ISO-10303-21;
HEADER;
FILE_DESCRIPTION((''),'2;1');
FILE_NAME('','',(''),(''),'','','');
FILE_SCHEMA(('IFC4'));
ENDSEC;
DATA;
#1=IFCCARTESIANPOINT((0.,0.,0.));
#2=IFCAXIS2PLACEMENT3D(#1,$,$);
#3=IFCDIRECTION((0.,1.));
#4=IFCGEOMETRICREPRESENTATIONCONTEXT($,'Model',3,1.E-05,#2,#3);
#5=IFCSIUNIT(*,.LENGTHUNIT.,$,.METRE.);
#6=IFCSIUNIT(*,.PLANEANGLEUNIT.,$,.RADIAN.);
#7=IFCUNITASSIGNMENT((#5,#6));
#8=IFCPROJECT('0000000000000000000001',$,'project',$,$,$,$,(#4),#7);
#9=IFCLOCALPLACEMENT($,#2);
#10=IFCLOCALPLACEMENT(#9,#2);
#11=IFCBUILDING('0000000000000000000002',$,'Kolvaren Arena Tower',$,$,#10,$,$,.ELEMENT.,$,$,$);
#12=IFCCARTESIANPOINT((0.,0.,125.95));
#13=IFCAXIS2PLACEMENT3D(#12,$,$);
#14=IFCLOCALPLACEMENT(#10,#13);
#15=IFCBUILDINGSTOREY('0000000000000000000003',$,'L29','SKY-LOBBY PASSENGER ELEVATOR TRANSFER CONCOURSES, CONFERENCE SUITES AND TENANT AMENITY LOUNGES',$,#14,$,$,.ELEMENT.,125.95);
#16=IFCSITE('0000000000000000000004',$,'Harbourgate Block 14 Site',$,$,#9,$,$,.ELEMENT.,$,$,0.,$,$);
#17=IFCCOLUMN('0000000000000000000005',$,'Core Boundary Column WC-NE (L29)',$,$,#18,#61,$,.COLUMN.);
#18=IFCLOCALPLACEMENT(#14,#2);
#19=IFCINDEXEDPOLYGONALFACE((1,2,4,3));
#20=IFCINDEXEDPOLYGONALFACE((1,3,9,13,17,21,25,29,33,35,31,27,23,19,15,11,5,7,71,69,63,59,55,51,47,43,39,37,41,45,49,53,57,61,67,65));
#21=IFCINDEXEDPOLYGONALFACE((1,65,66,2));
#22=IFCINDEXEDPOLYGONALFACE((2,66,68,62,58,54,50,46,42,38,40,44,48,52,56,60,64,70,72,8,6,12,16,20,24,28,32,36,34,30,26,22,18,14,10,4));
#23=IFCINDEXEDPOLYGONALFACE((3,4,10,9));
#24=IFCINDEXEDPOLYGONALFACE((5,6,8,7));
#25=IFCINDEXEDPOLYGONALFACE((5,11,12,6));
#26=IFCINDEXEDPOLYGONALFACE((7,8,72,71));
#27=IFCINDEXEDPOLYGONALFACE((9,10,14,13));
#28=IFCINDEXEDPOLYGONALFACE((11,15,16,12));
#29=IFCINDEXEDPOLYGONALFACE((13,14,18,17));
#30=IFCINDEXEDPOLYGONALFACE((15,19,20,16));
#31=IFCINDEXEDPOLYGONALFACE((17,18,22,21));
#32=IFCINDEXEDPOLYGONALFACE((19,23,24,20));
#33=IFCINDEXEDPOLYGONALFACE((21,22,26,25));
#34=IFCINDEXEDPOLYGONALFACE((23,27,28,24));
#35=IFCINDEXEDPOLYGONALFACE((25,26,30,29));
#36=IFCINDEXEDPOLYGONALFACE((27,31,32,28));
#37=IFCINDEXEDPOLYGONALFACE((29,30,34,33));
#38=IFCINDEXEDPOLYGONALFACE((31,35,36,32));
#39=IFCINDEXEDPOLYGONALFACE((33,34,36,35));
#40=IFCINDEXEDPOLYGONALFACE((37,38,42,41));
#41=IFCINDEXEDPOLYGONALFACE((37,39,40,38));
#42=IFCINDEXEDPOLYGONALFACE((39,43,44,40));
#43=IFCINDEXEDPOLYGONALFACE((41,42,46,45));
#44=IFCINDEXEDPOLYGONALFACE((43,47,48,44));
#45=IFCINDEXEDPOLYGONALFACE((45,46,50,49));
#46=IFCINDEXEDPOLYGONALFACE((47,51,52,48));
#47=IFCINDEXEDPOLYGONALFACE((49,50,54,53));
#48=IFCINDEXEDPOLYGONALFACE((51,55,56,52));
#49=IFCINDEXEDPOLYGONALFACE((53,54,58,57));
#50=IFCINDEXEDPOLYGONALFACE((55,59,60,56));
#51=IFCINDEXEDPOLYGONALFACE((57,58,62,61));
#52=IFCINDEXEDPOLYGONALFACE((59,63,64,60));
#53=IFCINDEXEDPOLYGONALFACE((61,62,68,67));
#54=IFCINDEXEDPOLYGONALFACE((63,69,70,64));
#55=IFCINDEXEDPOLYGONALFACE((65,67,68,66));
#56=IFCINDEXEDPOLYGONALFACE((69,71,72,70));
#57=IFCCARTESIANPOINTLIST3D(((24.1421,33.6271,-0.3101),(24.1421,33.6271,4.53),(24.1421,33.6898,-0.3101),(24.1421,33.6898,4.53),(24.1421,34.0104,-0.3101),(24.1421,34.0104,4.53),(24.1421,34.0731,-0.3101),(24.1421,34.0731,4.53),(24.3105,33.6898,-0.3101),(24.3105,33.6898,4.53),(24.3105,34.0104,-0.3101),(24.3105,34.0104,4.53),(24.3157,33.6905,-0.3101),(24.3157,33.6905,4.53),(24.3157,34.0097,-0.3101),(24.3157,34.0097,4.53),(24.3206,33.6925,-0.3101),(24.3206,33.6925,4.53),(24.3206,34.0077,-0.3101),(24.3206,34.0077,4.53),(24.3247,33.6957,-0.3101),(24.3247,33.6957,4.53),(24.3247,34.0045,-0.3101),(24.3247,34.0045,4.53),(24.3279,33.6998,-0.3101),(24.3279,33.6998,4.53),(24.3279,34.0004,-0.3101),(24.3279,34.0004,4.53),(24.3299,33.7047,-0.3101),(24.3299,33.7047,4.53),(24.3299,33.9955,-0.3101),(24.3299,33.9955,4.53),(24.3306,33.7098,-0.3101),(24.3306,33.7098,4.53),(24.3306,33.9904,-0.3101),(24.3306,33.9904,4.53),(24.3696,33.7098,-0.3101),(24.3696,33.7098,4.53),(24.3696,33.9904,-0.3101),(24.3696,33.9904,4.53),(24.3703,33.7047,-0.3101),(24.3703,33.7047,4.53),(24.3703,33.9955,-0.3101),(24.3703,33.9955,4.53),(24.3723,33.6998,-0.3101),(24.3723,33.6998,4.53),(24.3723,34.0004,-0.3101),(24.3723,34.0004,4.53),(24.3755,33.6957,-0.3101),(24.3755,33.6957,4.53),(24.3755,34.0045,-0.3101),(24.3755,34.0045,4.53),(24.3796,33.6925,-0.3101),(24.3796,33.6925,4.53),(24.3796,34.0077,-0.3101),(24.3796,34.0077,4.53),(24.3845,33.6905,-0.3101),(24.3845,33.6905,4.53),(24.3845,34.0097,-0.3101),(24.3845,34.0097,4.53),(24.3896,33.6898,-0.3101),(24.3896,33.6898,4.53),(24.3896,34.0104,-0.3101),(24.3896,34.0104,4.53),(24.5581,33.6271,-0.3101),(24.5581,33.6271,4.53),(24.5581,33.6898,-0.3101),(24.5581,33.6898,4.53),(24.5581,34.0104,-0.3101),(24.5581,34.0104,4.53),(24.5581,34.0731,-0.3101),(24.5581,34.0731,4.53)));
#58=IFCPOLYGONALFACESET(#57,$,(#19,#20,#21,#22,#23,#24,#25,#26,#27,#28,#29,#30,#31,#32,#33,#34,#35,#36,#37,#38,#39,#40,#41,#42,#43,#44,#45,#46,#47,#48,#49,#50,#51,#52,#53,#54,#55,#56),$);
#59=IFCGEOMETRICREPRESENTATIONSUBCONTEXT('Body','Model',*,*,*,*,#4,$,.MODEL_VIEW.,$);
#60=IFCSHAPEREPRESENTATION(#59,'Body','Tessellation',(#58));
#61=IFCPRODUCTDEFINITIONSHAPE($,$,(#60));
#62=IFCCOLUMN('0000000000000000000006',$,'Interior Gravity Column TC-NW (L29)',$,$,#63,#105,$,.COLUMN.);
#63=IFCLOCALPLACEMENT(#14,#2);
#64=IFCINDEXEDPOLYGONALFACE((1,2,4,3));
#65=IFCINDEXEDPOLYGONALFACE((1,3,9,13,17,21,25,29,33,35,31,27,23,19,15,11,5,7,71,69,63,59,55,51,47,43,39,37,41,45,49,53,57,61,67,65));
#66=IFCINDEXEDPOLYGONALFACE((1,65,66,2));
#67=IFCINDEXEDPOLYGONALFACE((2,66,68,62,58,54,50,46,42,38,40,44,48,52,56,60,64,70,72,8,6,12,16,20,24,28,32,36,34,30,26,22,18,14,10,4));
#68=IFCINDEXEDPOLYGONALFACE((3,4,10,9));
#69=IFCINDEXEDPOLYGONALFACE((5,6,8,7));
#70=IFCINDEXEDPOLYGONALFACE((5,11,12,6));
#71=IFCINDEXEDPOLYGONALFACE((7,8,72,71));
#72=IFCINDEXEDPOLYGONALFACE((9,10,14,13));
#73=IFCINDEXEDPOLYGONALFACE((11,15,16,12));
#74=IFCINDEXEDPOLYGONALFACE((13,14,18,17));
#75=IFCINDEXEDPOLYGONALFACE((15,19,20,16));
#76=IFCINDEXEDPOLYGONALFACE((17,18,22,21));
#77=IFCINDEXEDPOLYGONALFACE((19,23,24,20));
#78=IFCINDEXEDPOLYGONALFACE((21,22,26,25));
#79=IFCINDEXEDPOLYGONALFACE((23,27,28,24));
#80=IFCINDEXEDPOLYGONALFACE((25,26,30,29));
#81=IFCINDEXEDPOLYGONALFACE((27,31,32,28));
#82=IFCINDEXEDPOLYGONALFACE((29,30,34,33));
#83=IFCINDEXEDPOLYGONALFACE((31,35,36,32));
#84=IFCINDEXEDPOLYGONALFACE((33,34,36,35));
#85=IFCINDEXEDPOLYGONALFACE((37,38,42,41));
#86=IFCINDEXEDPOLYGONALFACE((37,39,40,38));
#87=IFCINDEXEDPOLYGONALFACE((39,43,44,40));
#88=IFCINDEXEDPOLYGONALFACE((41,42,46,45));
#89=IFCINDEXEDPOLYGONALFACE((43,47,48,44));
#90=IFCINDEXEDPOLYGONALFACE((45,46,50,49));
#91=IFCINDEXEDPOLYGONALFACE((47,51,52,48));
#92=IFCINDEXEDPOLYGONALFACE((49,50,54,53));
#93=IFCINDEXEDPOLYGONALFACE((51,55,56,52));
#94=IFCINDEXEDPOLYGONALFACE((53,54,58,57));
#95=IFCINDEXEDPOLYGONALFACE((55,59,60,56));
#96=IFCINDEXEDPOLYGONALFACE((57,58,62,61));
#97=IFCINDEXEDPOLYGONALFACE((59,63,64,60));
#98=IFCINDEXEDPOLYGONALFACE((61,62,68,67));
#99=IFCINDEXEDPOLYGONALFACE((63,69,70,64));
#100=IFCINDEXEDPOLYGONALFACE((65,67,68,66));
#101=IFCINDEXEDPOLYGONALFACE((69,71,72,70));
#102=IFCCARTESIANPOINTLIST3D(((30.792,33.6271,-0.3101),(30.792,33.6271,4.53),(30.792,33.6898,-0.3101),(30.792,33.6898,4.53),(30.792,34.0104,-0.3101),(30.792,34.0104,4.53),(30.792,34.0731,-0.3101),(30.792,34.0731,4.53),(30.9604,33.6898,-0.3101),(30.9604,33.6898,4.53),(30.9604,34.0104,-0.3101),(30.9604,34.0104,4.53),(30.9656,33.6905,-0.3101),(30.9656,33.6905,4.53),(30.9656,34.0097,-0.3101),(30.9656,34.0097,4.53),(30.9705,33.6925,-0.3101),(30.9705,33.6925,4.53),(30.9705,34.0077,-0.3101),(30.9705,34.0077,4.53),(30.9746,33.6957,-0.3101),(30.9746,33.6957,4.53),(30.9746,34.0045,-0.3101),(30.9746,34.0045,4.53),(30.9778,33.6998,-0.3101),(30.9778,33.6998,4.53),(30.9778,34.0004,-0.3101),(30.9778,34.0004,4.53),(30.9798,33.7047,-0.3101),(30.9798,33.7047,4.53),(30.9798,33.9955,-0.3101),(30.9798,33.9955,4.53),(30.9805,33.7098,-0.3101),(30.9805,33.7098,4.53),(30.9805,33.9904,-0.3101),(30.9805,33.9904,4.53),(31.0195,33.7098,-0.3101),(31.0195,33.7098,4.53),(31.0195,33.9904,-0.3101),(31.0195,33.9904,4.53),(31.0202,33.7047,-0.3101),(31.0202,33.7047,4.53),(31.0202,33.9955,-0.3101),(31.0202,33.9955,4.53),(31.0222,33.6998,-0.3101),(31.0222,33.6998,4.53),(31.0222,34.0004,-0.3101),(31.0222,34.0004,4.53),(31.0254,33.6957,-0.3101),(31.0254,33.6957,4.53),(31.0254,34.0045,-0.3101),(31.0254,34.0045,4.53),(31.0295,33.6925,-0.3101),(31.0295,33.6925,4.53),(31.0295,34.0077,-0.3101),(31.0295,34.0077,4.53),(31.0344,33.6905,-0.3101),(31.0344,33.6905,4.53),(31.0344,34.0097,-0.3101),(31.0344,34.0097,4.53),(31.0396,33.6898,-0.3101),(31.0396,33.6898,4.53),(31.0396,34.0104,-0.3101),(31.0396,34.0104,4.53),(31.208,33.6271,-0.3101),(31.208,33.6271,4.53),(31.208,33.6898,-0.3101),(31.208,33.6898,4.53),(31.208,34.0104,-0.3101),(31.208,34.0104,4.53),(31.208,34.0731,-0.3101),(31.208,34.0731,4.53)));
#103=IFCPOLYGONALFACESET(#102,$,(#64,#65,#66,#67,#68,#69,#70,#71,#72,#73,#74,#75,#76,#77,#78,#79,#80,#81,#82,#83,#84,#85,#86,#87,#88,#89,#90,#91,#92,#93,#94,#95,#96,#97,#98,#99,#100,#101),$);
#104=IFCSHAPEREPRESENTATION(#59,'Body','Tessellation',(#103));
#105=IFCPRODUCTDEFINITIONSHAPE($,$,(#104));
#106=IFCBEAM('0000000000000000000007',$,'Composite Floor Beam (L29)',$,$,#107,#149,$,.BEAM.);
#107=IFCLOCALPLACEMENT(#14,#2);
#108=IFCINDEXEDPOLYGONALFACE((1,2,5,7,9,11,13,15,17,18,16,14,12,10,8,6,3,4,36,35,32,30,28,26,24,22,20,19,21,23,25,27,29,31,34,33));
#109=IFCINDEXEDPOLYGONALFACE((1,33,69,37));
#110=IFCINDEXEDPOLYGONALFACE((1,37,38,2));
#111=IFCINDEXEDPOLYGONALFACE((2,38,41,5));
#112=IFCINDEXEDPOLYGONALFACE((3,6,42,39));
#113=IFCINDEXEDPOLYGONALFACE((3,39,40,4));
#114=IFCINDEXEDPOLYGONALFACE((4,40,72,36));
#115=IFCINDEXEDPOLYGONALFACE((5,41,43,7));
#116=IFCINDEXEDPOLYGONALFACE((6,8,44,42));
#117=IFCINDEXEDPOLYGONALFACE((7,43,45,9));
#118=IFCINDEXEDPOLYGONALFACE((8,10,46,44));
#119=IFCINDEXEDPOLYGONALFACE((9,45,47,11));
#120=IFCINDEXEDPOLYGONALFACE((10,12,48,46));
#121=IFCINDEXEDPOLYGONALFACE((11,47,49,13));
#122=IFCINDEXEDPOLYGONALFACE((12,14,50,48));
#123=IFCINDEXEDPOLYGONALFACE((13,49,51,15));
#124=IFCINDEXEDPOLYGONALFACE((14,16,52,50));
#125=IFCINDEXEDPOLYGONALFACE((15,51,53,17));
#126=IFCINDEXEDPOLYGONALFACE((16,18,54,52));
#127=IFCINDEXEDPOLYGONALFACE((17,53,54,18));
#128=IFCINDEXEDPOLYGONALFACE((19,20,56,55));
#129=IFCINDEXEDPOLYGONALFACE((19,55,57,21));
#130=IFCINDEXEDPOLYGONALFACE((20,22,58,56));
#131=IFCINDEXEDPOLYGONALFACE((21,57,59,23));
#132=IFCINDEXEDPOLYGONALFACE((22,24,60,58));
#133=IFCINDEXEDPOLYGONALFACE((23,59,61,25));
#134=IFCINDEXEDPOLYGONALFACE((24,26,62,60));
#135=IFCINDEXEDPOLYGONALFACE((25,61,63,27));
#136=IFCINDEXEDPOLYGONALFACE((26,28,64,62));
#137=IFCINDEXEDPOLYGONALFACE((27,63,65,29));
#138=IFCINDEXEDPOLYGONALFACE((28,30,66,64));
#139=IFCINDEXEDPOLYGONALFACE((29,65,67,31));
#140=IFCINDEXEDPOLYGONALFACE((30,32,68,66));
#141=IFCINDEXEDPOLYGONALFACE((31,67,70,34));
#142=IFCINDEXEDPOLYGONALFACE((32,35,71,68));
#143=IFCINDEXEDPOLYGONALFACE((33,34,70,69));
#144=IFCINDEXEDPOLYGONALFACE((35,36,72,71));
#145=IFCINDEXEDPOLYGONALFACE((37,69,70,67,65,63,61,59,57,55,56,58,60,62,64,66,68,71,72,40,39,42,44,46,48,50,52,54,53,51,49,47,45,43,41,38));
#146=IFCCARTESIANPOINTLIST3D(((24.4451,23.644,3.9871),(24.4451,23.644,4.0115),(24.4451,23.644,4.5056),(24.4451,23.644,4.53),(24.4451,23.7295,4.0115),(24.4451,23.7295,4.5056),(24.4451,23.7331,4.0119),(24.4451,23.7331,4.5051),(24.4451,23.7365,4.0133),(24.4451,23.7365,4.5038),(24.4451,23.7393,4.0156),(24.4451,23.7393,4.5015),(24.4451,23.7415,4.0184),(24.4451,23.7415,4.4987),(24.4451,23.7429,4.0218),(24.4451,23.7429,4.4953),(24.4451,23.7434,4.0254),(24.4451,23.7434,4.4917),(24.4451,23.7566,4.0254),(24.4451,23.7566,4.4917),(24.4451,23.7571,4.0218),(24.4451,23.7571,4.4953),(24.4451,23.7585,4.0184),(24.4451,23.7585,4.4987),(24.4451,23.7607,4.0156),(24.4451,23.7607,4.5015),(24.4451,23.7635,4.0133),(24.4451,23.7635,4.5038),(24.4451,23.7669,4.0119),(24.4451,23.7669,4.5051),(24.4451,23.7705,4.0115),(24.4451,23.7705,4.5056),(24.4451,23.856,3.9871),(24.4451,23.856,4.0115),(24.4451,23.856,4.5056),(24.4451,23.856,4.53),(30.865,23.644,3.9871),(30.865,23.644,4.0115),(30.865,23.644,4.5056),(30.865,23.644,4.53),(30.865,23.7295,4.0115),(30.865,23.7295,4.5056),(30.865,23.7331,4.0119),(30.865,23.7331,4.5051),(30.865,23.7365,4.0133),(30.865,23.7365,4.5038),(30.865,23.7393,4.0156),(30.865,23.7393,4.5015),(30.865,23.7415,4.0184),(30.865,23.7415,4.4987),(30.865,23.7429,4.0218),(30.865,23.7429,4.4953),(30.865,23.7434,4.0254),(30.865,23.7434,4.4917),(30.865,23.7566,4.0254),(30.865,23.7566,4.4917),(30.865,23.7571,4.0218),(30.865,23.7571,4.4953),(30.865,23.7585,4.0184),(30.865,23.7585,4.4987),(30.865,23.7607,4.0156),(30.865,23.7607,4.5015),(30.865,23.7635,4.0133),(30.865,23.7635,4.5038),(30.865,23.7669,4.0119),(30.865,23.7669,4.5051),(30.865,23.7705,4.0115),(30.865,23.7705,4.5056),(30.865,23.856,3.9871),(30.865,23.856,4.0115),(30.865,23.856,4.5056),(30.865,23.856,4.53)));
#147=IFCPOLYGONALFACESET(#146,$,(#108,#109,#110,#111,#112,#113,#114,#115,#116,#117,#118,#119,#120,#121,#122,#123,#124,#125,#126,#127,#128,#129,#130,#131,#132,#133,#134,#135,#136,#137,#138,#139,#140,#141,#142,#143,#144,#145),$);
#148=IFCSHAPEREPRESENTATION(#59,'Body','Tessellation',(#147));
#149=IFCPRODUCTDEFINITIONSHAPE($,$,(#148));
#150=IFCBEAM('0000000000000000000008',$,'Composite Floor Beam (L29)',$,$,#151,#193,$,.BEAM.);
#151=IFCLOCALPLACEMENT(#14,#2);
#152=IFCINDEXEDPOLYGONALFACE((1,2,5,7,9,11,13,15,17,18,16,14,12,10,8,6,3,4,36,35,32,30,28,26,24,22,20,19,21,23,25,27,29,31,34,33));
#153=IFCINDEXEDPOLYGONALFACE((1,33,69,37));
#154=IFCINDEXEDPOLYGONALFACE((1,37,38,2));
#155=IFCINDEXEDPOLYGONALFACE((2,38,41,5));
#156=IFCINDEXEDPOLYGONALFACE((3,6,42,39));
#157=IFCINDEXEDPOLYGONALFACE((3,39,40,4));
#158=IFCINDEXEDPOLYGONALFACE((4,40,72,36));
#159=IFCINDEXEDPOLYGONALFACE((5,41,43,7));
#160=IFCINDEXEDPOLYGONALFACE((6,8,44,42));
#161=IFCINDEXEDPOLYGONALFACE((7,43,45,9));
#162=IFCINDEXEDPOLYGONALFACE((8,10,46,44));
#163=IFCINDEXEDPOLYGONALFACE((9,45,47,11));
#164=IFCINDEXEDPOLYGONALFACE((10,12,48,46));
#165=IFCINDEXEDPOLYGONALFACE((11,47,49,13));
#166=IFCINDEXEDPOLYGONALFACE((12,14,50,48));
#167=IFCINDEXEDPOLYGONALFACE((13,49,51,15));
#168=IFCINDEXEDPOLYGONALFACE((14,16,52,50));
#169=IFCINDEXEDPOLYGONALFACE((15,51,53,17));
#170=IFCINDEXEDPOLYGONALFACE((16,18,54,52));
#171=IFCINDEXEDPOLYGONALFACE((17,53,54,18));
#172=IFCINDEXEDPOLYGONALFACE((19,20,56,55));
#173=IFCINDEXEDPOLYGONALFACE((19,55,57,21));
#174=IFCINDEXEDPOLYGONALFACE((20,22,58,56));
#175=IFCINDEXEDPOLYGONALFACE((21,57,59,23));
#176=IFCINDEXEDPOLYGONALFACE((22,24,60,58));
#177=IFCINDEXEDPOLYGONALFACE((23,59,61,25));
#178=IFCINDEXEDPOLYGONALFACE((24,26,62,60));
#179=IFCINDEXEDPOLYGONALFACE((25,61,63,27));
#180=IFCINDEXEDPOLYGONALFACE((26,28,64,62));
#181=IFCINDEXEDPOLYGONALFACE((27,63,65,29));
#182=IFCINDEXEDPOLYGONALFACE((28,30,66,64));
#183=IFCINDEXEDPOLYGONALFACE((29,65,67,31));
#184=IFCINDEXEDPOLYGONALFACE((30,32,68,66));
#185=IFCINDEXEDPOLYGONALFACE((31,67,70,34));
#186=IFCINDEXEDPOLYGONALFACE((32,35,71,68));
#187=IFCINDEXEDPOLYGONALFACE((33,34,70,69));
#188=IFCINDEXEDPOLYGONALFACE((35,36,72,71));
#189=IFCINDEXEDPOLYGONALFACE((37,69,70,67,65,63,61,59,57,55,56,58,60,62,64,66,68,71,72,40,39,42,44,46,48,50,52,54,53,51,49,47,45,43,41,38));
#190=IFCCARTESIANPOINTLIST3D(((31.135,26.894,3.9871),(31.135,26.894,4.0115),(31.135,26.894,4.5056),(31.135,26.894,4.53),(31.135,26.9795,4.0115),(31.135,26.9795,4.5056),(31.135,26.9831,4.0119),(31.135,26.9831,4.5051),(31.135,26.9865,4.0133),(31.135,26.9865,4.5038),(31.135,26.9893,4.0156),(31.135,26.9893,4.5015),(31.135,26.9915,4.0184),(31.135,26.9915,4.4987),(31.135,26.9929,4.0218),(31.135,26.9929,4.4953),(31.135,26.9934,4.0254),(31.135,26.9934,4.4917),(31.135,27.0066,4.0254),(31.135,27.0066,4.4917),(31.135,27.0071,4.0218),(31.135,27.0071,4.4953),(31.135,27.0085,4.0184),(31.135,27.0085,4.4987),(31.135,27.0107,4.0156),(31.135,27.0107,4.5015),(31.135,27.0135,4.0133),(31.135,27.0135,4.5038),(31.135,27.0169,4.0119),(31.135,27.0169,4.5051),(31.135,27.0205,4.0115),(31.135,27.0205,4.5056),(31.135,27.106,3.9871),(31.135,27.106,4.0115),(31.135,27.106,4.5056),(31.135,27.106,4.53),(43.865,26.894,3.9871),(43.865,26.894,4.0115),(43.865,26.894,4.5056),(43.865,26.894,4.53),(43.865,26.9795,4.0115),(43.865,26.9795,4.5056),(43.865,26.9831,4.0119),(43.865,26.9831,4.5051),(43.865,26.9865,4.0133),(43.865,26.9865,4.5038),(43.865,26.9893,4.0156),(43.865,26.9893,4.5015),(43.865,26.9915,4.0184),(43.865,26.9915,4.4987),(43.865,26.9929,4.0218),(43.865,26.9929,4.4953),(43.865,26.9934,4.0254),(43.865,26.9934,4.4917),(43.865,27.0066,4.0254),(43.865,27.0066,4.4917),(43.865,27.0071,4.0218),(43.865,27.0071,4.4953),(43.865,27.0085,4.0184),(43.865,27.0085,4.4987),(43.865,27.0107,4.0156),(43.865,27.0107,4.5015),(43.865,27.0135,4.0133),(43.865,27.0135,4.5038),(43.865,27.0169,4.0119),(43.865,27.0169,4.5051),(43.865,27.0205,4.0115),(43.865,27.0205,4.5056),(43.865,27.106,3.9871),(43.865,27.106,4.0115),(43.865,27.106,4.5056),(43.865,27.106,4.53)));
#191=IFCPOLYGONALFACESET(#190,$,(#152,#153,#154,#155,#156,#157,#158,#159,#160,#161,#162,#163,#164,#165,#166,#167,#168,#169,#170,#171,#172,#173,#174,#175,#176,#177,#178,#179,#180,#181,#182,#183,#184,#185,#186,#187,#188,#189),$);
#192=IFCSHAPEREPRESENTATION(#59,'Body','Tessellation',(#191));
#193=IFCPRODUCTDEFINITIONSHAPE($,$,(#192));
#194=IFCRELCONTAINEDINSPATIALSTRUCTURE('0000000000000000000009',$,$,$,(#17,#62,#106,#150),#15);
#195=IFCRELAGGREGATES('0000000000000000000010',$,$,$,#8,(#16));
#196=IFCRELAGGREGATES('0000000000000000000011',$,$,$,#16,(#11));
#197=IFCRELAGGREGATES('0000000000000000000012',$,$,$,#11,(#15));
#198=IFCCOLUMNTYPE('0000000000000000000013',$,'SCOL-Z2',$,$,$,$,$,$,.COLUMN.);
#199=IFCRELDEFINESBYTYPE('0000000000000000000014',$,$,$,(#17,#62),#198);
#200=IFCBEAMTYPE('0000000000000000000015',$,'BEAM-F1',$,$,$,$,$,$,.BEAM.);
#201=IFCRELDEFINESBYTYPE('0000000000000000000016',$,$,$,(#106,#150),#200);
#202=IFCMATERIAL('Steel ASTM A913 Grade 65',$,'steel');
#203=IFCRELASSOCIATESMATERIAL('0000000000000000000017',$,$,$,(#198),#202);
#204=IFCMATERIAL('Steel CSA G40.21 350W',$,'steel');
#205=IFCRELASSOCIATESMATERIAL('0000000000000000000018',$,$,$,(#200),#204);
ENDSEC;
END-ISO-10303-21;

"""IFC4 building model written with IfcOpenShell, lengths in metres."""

from ifc_helpers import new_model, si_unit, direction, frame, origin, origin_2d, place, context, subcontext, project, spatial, i_section, extrude, material, material_profile, profile_set, type_object, element, save


model = new_model("IFC4")

# Units and contexts
model_context = context("Model", 3, precision=1e-05, world=origin(), true_north=direction((0.0, 1.0)))
body_context = subcontext(model_context, "Body", "Model", "MODEL_VIEW")
ifc_project = project(units=[si_unit("LENGTHUNIT", "METRE"), si_unit("PLANEANGLEUNIT", "RADIAN")], contexts=[model_context])

# Site, building, storey
site_placement = place(None, origin())
site = spatial("IfcSite", under=ifc_project, at=site_placement, Name="Harbourgate Block 14 Site", CompositionType="ELEMENT", RefElevation=0.0)
building_placement = place(site_placement, origin())
building = spatial("IfcBuilding", under=site, at=building_placement, Name="Kolvaren Arena Tower", CompositionType="ELEMENT")
storey_placement = place(building_placement, frame((0.0, 0.0, 125.95)))
storey = spatial("IfcBuildingStorey", under=building, at=storey_placement, Name="L29", Description="SKY-LOBBY PASSENGER ELEVATOR TRANSFER CONCOURSES, CONFERENCE SUITES AND TENANT AMENITY LOUNGES", CompositionType="ELEMENT", Elevation=125.95)

# Columns
ifc_material_1 = material(Name="Steel ASTM A913 Grade 65", Category="steel")
ifc_material_profile_1 = material_profile(ifc_material_1, i_section(OverallWidth=0.416, OverallDepth=0.446, WebThickness=0.0391, FlangeThickness=0.0627, FilletRadius=0.02, at=origin_2d()), Name="W360x509")
ifc_profile_set_1 = profile_set([ifc_material_profile_1], Name="Steel ASTM A913 Grade 65")
column_type = type_object("IfcColumnType", Name="SCOL-Z2", PredefinedType="COLUMN", material=ifc_profile_set_1)
for number, where, z_axis, x_axis, name in (
    (1, (24.3501, 33.8501, -0.3101), (0.0, 0.0, 1.0), (1.0, 0.0, 0.0), "Core Boundary Column WC-NE (L29)"),
    (2, (31.0, 33.8501, -0.3101), (0.0, 0.0, 1.0), (1.0, 0.0, 0.0), "Interior Gravity Column TC-NW (L29)"),
):
    element("IfcColumn", number, at=place(storey_placement, frame(where, z_axis=z_axis, x_axis=x_axis)), inside=storey, type_object=column_type, Name=name, PredefinedType="COLUMN", context=body_context, shape_type="SweptSolid", body=[
        extrude(i_section(OverallWidth=0.416, OverallDepth=0.446, WebThickness=0.0391, FlangeThickness=0.0627, FilletRadius=0.02, at=origin_2d()), origin(), (0.0, 0.0, 1.0), 4.8401),
    ])

# Beams
ifc_material_2 = material(Name="Steel CSA G40.21 350W", Category="steel")
ifc_material_profile_2 = material_profile(ifc_material_2, i_section(OverallWidth=0.2119, OverallDepth=0.543, WebThickness=0.0132, FlangeThickness=0.0244, FilletRadius=0.0139, at=origin_2d()), Name="W530x150")
ifc_profile_set_2 = profile_set([ifc_material_profile_2], Name="Steel CSA G40.21 350W")
beam_type_1 = type_object("IfcBeamType", Name="BEAM-F1", PredefinedType="BEAM", material=ifc_profile_set_2)
beam_1_placement = place(storey_placement, frame((24.4451, 23.75, 4.2585), z_axis=(1.0, 0.0, 0.0), x_axis=(0.0, 1.0, 0.0)))
element("IfcBeam", 3, at=beam_1_placement, inside=storey, type_object=beam_type_1, Name="Composite Floor Beam (L29)", PredefinedType="BEAM", context=body_context, shape_type="SweptSolid", body=[
    extrude(i_section(OverallWidth=0.2119, OverallDepth=0.543, WebThickness=0.0132, FlangeThickness=0.0244, FilletRadius=0.0139, at=origin_2d()), origin(), (0.0, 0.0, 1.0), 6.4199),
])
beam_2_placement = place(storey_placement, frame((31.135, 27.0, 4.2585), z_axis=(1.0, 0.0, 0.0), x_axis=(0.0, 1.0, 0.0)))
element("IfcBeam", 4, at=beam_2_placement, inside=storey, type_object=beam_type_1, Name="Composite Floor Beam (L29)", PredefinedType="BEAM", context=body_context, shape_type="SweptSolid", body=[
    extrude(i_section(OverallWidth=0.2119, OverallDepth=0.543, WebThickness=0.0132, FlangeThickness=0.0244, FilletRadius=0.0139, at=origin_2d()), origin(), (0.0, 0.0, 1.0), 12.73),
])

save(model, "model.ifc")
